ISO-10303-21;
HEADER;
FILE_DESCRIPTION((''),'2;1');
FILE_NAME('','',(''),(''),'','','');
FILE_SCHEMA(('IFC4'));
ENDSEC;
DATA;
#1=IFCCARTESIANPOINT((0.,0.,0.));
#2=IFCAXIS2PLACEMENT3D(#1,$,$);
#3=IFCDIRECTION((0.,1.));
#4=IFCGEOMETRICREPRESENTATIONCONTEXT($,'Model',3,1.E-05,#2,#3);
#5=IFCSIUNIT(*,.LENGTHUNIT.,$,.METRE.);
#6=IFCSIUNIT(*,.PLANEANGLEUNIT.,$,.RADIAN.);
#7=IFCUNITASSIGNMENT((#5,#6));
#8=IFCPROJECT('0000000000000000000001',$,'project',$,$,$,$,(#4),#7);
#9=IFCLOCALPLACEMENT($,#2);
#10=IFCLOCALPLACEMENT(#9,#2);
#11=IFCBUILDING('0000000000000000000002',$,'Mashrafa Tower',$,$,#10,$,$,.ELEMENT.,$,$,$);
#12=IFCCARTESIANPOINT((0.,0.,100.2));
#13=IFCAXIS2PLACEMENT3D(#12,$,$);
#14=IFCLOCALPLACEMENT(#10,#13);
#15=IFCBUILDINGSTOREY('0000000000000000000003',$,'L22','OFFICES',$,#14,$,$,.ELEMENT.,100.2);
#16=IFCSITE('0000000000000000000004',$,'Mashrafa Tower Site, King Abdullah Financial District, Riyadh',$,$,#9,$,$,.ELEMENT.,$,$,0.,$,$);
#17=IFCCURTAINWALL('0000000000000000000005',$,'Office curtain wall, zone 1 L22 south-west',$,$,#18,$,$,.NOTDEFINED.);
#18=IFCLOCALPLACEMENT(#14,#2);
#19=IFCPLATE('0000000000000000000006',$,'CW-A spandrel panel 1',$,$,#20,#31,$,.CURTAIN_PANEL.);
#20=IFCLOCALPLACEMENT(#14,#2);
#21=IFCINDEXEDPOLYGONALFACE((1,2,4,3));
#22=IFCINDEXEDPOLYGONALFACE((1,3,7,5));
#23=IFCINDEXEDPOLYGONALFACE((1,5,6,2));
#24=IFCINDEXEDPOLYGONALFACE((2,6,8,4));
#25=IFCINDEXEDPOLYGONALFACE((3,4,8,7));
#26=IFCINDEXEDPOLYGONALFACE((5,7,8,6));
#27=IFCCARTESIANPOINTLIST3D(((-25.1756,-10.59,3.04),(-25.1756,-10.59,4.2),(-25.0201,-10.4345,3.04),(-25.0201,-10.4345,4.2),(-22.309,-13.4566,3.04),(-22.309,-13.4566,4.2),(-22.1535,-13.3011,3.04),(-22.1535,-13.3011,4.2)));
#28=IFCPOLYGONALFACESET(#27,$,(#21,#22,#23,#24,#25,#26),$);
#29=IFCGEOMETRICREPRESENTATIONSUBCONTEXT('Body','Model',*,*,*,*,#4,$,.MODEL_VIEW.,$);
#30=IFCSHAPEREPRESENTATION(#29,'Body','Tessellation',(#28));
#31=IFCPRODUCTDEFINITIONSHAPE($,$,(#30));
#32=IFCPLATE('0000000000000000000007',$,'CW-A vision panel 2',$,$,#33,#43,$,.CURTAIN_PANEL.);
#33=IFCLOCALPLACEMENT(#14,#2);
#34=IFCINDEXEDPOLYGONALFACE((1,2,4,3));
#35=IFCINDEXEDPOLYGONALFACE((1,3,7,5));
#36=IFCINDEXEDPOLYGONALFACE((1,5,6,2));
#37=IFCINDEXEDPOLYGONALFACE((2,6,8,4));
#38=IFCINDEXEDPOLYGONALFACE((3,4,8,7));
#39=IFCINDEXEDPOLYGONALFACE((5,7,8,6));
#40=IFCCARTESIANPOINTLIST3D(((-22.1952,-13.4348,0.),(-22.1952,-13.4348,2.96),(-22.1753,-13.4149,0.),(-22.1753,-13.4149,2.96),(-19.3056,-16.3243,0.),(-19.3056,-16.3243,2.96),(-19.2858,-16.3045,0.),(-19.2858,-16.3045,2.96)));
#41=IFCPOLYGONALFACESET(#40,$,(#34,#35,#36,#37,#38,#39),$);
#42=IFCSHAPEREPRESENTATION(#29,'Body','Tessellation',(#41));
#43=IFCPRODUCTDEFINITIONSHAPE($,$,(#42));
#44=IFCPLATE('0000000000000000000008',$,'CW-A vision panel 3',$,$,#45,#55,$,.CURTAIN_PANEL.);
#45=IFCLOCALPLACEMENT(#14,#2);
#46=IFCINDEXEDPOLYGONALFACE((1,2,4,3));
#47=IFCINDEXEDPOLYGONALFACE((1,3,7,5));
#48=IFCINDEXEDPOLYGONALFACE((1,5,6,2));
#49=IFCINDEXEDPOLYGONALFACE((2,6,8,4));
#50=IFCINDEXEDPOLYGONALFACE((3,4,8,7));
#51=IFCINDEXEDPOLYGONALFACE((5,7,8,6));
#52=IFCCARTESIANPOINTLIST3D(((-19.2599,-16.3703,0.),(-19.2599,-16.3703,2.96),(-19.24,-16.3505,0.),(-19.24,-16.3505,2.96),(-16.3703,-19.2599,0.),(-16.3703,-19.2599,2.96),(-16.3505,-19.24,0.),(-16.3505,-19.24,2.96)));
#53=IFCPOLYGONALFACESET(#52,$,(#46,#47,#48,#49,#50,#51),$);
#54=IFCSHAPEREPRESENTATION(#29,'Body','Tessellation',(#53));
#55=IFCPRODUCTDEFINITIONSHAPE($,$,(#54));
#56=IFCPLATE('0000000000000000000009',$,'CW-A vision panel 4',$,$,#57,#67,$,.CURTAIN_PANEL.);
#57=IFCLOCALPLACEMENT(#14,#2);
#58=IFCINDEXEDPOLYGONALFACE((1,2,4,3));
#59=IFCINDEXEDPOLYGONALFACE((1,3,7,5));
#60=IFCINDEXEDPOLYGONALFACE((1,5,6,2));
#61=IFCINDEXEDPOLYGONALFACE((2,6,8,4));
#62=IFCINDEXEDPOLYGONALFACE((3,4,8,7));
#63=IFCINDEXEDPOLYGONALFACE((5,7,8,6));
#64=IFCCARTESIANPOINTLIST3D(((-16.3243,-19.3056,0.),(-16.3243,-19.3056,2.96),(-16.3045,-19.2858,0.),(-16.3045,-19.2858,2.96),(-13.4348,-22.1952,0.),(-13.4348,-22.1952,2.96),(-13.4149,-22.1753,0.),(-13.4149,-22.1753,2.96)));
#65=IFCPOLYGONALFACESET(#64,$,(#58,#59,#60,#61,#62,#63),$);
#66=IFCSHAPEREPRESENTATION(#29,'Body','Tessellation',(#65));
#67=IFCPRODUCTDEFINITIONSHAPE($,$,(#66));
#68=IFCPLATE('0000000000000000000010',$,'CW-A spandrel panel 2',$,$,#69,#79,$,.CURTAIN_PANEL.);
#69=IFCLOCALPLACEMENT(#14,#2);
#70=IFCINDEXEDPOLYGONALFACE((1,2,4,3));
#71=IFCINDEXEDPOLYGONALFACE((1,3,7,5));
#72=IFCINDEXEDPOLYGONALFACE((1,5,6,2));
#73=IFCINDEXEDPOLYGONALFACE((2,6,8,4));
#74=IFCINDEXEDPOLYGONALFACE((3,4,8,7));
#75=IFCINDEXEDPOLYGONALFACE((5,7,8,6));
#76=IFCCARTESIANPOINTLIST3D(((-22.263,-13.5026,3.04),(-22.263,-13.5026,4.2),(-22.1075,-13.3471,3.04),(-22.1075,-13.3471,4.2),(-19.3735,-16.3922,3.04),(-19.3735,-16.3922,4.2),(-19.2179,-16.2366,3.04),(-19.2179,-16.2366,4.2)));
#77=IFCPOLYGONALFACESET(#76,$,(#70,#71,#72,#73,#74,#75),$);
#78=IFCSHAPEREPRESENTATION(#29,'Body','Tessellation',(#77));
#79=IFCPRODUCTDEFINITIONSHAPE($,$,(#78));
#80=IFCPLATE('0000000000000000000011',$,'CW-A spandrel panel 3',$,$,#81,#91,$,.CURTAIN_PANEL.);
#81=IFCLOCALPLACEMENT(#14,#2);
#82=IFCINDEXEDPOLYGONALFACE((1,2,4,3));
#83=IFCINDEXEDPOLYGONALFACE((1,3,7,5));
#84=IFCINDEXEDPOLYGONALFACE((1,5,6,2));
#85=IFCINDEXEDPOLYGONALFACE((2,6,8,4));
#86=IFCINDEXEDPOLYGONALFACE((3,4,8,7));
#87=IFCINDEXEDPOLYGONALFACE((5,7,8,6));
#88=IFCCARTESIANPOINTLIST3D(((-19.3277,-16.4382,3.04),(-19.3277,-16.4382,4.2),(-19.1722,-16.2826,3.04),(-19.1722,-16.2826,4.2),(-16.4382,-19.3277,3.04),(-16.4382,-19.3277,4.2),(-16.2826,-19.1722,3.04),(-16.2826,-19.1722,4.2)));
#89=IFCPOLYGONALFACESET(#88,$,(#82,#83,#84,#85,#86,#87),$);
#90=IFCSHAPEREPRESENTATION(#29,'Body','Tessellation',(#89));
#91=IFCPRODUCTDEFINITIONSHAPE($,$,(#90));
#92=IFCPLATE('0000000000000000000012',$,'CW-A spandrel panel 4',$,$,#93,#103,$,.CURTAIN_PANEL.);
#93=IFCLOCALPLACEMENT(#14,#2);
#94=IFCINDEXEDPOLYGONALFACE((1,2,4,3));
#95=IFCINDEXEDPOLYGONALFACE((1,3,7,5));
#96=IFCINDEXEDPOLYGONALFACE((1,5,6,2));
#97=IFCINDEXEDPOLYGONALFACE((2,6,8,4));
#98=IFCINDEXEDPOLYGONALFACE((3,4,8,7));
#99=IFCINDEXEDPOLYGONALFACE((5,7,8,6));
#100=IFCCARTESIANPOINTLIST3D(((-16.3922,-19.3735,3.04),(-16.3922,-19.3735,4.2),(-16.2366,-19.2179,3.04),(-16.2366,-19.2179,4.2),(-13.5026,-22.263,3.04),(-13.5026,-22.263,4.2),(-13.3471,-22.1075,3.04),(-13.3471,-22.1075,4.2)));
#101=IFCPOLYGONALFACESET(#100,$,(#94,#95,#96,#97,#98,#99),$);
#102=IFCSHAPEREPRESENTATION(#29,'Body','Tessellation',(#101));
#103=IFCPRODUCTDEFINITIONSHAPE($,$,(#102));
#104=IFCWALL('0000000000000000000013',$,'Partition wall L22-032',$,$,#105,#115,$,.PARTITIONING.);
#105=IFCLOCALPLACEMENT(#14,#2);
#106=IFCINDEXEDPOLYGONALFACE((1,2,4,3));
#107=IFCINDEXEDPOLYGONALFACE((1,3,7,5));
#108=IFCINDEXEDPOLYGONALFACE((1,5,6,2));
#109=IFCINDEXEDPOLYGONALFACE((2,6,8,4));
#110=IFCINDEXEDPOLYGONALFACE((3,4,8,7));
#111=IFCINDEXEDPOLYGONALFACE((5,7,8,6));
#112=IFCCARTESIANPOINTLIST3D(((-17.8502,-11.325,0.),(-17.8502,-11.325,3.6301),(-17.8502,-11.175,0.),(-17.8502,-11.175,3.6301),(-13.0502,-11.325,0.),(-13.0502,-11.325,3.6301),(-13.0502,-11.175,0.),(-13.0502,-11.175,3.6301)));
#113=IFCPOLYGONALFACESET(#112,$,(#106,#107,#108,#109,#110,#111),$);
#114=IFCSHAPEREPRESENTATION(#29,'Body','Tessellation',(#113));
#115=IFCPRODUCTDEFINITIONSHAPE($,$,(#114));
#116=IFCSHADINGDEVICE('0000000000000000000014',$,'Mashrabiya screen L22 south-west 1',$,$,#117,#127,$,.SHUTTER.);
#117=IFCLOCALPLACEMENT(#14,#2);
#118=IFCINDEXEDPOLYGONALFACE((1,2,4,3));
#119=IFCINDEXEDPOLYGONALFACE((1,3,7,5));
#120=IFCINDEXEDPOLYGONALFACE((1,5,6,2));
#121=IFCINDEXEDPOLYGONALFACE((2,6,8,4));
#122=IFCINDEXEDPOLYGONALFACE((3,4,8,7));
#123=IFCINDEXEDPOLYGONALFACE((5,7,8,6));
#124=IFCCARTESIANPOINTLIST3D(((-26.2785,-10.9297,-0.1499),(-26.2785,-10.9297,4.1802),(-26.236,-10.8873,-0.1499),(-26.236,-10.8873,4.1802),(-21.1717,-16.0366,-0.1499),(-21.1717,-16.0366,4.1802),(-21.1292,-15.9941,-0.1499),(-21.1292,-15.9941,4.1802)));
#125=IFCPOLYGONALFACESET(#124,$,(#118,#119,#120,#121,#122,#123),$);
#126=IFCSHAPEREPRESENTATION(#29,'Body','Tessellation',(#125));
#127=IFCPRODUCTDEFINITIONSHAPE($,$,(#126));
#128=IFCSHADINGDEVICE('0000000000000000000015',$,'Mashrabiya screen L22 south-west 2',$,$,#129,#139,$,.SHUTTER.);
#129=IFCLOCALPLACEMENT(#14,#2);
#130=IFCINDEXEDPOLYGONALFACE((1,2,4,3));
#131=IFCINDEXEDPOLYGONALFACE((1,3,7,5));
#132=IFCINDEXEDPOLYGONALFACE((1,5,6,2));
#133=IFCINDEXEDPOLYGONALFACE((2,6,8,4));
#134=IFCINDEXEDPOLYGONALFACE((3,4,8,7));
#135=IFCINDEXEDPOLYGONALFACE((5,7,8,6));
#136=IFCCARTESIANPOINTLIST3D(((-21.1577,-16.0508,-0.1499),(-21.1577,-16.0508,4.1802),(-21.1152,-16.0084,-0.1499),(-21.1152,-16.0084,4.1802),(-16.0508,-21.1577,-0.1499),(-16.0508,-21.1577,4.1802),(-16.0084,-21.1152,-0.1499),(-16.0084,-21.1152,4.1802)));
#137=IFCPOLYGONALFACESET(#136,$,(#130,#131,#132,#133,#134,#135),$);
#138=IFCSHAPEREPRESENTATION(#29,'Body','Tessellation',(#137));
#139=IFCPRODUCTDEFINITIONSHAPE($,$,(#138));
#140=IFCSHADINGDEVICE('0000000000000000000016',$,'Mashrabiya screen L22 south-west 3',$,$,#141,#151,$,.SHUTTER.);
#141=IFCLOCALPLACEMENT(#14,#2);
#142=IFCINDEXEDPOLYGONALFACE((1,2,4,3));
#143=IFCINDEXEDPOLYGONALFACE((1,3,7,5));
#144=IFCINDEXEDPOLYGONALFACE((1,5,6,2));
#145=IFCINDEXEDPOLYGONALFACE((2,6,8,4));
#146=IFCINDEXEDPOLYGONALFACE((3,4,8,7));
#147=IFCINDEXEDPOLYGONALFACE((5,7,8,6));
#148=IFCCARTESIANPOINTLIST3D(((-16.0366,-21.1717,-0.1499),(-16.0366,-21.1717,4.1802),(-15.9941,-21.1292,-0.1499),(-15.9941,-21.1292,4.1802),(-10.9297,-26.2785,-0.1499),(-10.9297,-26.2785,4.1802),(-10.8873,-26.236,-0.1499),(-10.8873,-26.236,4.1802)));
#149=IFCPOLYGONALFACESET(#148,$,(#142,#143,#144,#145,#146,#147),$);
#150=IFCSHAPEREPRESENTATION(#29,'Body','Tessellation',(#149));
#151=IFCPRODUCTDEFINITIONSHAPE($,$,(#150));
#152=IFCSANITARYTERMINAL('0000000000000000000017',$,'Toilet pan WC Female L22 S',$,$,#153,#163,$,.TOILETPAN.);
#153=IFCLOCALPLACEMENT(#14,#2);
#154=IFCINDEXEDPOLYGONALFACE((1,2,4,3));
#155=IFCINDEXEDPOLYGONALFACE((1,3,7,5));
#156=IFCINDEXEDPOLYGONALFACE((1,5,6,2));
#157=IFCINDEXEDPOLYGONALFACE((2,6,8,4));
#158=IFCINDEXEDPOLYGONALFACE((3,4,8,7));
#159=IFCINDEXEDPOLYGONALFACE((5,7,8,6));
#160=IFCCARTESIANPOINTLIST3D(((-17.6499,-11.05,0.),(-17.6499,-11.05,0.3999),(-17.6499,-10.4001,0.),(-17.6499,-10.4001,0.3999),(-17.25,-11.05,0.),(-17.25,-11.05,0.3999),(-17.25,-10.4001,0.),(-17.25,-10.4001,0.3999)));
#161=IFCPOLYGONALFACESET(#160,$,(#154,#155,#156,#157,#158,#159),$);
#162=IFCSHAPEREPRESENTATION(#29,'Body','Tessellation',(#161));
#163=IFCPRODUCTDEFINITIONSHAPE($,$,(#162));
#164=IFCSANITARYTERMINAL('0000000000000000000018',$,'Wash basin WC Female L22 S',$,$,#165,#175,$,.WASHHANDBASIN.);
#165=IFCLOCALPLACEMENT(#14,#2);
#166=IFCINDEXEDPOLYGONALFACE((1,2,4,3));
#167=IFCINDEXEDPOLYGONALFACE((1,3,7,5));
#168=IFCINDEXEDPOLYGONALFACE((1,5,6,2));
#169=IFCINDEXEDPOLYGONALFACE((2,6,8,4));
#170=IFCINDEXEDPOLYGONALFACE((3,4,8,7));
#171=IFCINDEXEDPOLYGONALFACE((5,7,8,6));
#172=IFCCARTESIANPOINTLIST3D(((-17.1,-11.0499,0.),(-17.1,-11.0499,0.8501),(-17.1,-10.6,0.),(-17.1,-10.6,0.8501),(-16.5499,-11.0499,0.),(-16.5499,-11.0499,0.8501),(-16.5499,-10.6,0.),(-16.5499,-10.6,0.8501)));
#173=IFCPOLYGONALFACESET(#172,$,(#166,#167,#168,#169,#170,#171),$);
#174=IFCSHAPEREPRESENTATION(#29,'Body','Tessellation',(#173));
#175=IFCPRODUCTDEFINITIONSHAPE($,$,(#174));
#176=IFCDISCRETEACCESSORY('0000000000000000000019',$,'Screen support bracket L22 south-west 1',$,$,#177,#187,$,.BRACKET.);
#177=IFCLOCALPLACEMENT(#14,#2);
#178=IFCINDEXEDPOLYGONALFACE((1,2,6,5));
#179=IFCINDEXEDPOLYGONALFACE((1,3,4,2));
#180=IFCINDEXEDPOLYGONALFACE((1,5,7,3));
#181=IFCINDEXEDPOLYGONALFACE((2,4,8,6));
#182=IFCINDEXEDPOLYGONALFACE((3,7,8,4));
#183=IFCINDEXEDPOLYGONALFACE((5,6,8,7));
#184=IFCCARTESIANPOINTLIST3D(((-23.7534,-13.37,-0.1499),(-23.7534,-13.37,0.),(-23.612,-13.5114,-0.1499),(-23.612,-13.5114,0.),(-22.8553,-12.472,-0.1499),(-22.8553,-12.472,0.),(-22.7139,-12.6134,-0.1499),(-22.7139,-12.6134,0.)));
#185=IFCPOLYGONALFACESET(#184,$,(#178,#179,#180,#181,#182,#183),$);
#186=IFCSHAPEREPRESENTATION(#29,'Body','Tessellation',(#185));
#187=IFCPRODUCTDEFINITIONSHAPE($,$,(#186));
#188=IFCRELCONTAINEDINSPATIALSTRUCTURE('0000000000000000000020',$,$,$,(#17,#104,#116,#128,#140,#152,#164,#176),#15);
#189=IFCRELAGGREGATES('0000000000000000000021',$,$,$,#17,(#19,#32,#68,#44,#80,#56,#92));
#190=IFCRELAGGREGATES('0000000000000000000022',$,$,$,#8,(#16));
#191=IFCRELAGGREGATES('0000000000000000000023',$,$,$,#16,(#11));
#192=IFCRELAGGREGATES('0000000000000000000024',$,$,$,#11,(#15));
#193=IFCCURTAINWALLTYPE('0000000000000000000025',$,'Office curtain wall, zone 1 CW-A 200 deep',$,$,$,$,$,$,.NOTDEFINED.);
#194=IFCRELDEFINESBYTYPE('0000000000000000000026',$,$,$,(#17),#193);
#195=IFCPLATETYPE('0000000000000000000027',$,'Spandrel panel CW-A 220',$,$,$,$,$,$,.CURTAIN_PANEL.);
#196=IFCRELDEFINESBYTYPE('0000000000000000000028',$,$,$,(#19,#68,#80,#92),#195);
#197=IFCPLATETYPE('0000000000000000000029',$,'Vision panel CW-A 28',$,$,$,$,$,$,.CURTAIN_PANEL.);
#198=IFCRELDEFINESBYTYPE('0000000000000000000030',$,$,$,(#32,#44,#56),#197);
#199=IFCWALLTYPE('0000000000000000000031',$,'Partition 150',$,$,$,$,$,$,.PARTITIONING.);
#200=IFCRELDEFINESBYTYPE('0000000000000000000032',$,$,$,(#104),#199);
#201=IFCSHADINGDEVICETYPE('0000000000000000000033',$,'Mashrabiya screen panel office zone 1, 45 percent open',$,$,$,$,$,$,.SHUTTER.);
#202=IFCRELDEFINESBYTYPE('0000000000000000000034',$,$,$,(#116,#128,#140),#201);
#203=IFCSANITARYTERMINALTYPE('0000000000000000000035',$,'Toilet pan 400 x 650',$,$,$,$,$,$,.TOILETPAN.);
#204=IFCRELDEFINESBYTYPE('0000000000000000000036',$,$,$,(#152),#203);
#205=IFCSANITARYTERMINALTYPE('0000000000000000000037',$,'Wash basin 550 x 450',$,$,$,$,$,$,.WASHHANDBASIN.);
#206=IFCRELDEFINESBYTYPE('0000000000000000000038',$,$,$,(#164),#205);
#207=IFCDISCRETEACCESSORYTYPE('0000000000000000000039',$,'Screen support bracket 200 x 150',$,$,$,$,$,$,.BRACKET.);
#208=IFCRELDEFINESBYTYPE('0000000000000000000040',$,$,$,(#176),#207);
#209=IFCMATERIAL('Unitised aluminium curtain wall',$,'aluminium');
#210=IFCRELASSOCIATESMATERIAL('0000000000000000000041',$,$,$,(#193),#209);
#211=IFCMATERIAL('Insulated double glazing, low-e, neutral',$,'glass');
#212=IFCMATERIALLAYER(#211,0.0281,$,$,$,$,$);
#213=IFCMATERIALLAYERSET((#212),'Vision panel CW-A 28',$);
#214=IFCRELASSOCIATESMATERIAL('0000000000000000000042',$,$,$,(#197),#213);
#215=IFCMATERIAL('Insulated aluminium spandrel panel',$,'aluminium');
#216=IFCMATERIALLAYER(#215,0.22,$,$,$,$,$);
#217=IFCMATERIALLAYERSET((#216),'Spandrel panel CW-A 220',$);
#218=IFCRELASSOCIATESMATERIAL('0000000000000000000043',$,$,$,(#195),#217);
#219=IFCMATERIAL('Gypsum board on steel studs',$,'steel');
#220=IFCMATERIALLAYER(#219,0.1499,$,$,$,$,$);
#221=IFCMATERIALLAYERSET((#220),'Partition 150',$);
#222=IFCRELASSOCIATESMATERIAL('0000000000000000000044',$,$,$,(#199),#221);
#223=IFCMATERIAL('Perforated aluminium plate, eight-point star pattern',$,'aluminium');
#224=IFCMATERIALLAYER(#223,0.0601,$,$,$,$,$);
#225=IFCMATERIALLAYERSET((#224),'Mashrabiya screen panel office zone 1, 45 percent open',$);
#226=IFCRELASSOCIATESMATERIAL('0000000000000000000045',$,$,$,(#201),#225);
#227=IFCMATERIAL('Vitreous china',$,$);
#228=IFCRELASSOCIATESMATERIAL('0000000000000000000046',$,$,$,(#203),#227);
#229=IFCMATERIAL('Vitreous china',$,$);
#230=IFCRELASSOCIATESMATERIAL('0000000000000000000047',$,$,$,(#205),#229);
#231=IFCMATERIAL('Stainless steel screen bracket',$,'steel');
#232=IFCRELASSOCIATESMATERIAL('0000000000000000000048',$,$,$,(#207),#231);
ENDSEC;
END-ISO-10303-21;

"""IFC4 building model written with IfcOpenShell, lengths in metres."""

from ifc_helpers import new_model, si_unit, direction, frame, frame_2d, origin, origin_2d, place, context, subcontext, project, spatial, rectangle, extrude, source, transform, mapped, material, layer, layer_set, type_object, type_shapes, element, aggregate, save


model = new_model("IFC4")

# Units and contexts
model_context = context("Model", 3, precision=1e-05, world=origin(), true_north=direction((0.0, 1.0)))
body_context = subcontext(model_context, "Body", "Model", "MODEL_VIEW")
ifc_project = project(units=[si_unit("LENGTHUNIT", "METRE"), si_unit("PLANEANGLEUNIT", "RADIAN")], contexts=[model_context])

# Site, building, storey
site_placement = place(None, origin())
site = spatial("IfcSite", under=ifc_project, at=site_placement, Name="Mashrafa Tower Site, King Abdullah Financial District, Riyadh", CompositionType="ELEMENT", RefElevation=0.0)
building_placement = place(site_placement, origin())
building = spatial("IfcBuilding", under=site, at=building_placement, Name="Mashrafa Tower", CompositionType="ELEMENT")
storey_placement = place(building_placement, frame((0.0, 0.0, 100.2)))
storey = spatial("IfcBuildingStorey", under=building, at=storey_placement, Name="L22", Description="OFFICES", CompositionType="ELEMENT", Elevation=100.2)

# Shared definitions
ifc_material_1 = material(Name="Unitised aluminium curtain wall", Category="aluminium")
curtain_wall_type = type_object("IfcCurtainWallType", Name="Office curtain wall, zone 1 CW-A 200 deep", PredefinedType="NOTDEFINED", material=ifc_material_1)

# Curtain wall, plates
curtain_wall_1_placement = place(storey_placement, origin())
curtain_wall_1 = element("IfcCurtainWall", 1, at=curtain_wall_1_placement, inside=storey, type_object=curtain_wall_type, Name="Office curtain wall, zone 1 L22 south-west", PredefinedType="NOTDEFINED")
ifc_material_2 = material(Name="Insulated double glazing, low-e, neutral", Category="glass")
ifc_layer_1 = layer(ifc_material_2, 0.0281)
ifc_layer_set_1 = layer_set([ifc_layer_1], Name="Vision panel CW-A 28")
plate_type_1 = type_object("IfcPlateType", Name="Vision panel CW-A 28", PredefinedType="CURTAIN_PANEL", material=ifc_layer_set_1)
ifc_material_3 = material(Name="Insulated aluminium spandrel panel", Category="aluminium")
ifc_layer_2 = layer(ifc_material_3, 0.22)
ifc_layer_set_2 = layer_set([ifc_layer_2], Name="Spandrel panel CW-A 220")
plate_type_2 = type_object("IfcPlateType", Name="Spandrel panel CW-A 220", PredefinedType="CURTAIN_PANEL", material=ifc_layer_set_2)
shared_shape_1 = source(origin(), body_context, "Body", "SweptSolid", [
    extrude(rectangle(XDim=4.054, YDim=0.22, at=origin_2d()), origin(), (0.0, 0.0, 1.0), 1.1599),
])
plate_1_placement = place(storey_placement, frame((-23.6646, -11.9456, 3.04), z_axis=(0.0, 0.0, 1.0), x_axis=(0.707107, -0.707107, 0.0)))
plate_1 = element("IfcPlate", 2, at=plate_1_placement, type_object=plate_type_2, Name="CW-A spandrel panel 1", PredefinedType="CURTAIN_PANEL", context=body_context, shape_type="MappedRepresentation", body=[
    mapped(shared_shape_1, transform((0.0, 0.0, 0.0))),
])
shared_shape_2 = source(origin(), body_context, "Body", "SweptSolid", [
    extrude(rectangle(XDim=4.0864, YDim=0.0281, at=origin_2d()), origin(), (0.0, 0.0, 1.0), 2.96),
])
plate_2_placement = place(storey_placement, frame((-20.7405, -14.8696, 0.0), z_axis=(0.0, 0.0, 1.0), x_axis=(0.707107, -0.707107, 0.0)))
plate_2 = element("IfcPlate", 3, at=plate_2_placement, type_object=plate_type_1, Name="CW-A vision panel 2", PredefinedType="CURTAIN_PANEL", context=body_context, shape_type="MappedRepresentation", body=[
    mapped(shared_shape_2, transform((0.0, 0.0, 0.0))),
])
plate_3_placement = place(storey_placement, frame((-17.8052, -17.8052, 0.0), z_axis=(0.0, 0.0, 1.0), x_axis=(0.707107, -0.707107, 0.0)))
plate_3 = element("IfcPlate", 4, at=plate_3_placement, type_object=plate_type_1, Name="CW-A vision panel 3", PredefinedType="CURTAIN_PANEL", context=body_context, shape_type="MappedRepresentation", body=[
    mapped(shared_shape_2, transform((0.0, 0.0, 0.0))),
])
plate_4_placement = place(storey_placement, frame((-14.8696, -20.7405, 0.0), z_axis=(0.0, 0.0, 1.0), x_axis=(0.707107, -0.707107, 0.0)))
plate_4 = element("IfcPlate", 5, at=plate_4_placement, type_object=plate_type_1, Name="CW-A vision panel 4", PredefinedType="CURTAIN_PANEL", context=body_context, shape_type="MappedRepresentation", body=[
    mapped(shared_shape_2, transform((0.0, 0.0, 0.0))),
])
shared_shape_3 = source(origin(), body_context, "Body", "SweptSolid", [
    extrude(rectangle(XDim=4.0864, YDim=0.22, at=origin_2d()), origin(), (0.0, 0.0, 1.0), 1.1599),
])
type_shapes(plate_type_2, [shared_shape_1, shared_shape_3])
plate_5_placement = place(storey_placement, frame((-20.7405, -14.8696, 3.04), z_axis=(0.0, 0.0, 1.0), x_axis=(0.707107, -0.707107, 0.0)))
plate_5 = element("IfcPlate", 6, at=plate_5_placement, type_object=plate_type_2, Name="CW-A spandrel panel 2", PredefinedType="CURTAIN_PANEL", context=body_context, shape_type="MappedRepresentation", body=[
    mapped(shared_shape_3, transform((0.0, 0.0, 0.0))),
])
plate_6_placement = place(storey_placement, frame((-17.8052, -17.8052, 3.04), z_axis=(0.0, 0.0, 1.0), x_axis=(0.707107, -0.707107, 0.0)))
plate_6 = element("IfcPlate", 7, at=plate_6_placement, type_object=plate_type_2, Name="CW-A spandrel panel 3", PredefinedType="CURTAIN_PANEL", context=body_context, shape_type="MappedRepresentation", body=[
    mapped(shared_shape_3, transform((0.0, 0.0, 0.0))),
])
plate_7_placement = place(storey_placement, frame((-14.8696, -20.7405, 3.04), z_axis=(0.0, 0.0, 1.0), x_axis=(0.707107, -0.707107, 0.0)))
plate_7 = element("IfcPlate", 8, at=plate_7_placement, type_object=plate_type_2, Name="CW-A spandrel panel 4", PredefinedType="CURTAIN_PANEL", context=body_context, shape_type="MappedRepresentation", body=[
    mapped(shared_shape_3, transform((0.0, 0.0, 0.0))),
])
aggregate(curtain_wall_1, [plate_1, plate_2, plate_5, plate_3, plate_6, plate_4, plate_7])

# Wall
ifc_material_4 = material(Name="Gypsum board on steel studs", Category="steel")
ifc_layer_3 = layer(ifc_material_4, 0.1499)
ifc_layer_set_3 = layer_set([ifc_layer_3], Name="Partition 150")
wall_type = type_object("IfcWallType", Name="Partition 150", PredefinedType="PARTITIONING", material=ifc_layer_set_3)
wall_placement = place(storey_placement, frame((-17.8501, -11.25, 0.0), z_axis=(0.0, 0.0, 1.0), x_axis=(1.0, 0.0, 0.0)))
element("IfcWall", 9, at=wall_placement, inside=storey, type_object=wall_type, Name="Partition wall L22-032", PredefinedType="PARTITIONING", context=body_context, shape_type="SweptSolid", body=[
    extrude(rectangle(XDim=4.8, YDim=0.1499, at=frame_2d((2.3999, 0.0))), origin(), (0.0, 0.0, 1.0), 3.6301),
])

# Shading devices
ifc_material_5 = material(Name="Perforated aluminium plate, eight-point star pattern", Category="aluminium")
ifc_layer_4 = layer(ifc_material_5, 0.0601)
ifc_layer_set_4 = layer_set([ifc_layer_4], Name="Mashrabiya screen panel office zone 1, 45 percent open")
shading_device_type = type_object("IfcShadingDeviceType", Name="Mashrabiya screen panel office zone 1, 45 percent open", PredefinedType="SHUTTER", material=ifc_layer_set_4)
shared_shape_4 = source(origin(), body_context, "Body", "SweptSolid", [
    extrude(rectangle(XDim=7.2222, YDim=0.0601, at=origin_2d()), origin(), (0.0, 0.0, 1.0), 4.3301),
])
type_shapes(shading_device_type, [shared_shape_4])
for number, where, z_axis, x_axis, name in (
    (10, (-23.7039, -13.4619, -0.1499), (0.0, 0.0, 1.0), (0.707107, -0.707107, 0.0), "Mashrabiya screen L22 south-west 1"),
    (11, (-18.583, -18.583, -0.1499), (0.0, 0.0, 1.0), (0.707107, -0.707107, 0.0), "Mashrabiya screen L22 south-west 2"),
    (12, (-13.4619, -23.7039, -0.1499), (0.0, 0.0, 1.0), (0.707107, -0.707107, 0.0), "Mashrabiya screen L22 south-west 3"),
):
    element("IfcShadingDevice", number, at=place(storey_placement, frame(where, z_axis=z_axis, x_axis=x_axis)), inside=storey, type_object=shading_device_type, Name=name, PredefinedType="SHUTTER", context=body_context, shape_type="MappedRepresentation", body=[
        mapped(shared_shape_4, transform((0.0, 0.0, 0.0))),
    ])

# Sanitary terminals
ifc_material_6 = material(Name="Vitreous china")
sanitary_terminal_type_1 = type_object("IfcSanitaryTerminalType", Name="Toilet pan 400 x 650", PredefinedType="TOILETPAN", material=ifc_material_6)
sanitary_terminal_1_placement = place(storey_placement, frame((-17.45, -10.7251, 0.0), z_axis=(0.0, 0.0, 1.0), x_axis=(1.0, 0.0, 0.0)))
element("IfcSanitaryTerminal", 13, at=sanitary_terminal_1_placement, inside=storey, type_object=sanitary_terminal_type_1, Name="Toilet pan WC Female L22 S", PredefinedType="TOILETPAN", context=body_context, shape_type="SweptSolid", body=[
    extrude(rectangle(XDim=0.3999, YDim=0.6499, at=origin_2d()), origin(), (0.0, 0.0, 1.0), 0.3999),
])
ifc_material_7 = material(Name="Vitreous china")
sanitary_terminal_type_2 = type_object("IfcSanitaryTerminalType", Name="Wash basin 550 x 450", PredefinedType="WASHHANDBASIN", material=ifc_material_7)
sanitary_terminal_2_placement = place(storey_placement, frame((-16.825, -10.825, 0.0), z_axis=(0.0, 0.0, 1.0), x_axis=(1.0, 0.0, 0.0)))
element("IfcSanitaryTerminal", 14, at=sanitary_terminal_2_placement, inside=storey, type_object=sanitary_terminal_type_2, Name="Wash basin WC Female L22 S", PredefinedType="WASHHANDBASIN", context=body_context, shape_type="SweptSolid", body=[
    extrude(rectangle(XDim=0.55, YDim=0.45, at=origin_2d()), origin(), (0.0, 0.0, 1.0), 0.8501),
])

# Discrete accessory
ifc_material_8 = material(Name="Stainless steel screen bracket", Category="steel")
discrete_accessory_type = type_object("IfcDiscreteAccessoryType", Name="Screen support bracket 200 x 150", PredefinedType="BRACKET", material=ifc_material_8)
shared_shape_5 = source(origin(), body_context, "Body", "SweptSolid", [
    extrude(rectangle(XDim=0.2, YDim=1.27, at=origin_2d()), origin(), (0.0, 0.0, 1.0), 0.1499),
])
type_shapes(discrete_accessory_type, [shared_shape_5])
for number, where, z_axis, x_axis, name in (
    (15, (-23.2336, -12.9917, -0.1499), (0.0, 0.0, 1.0), (0.707107, -0.707107, 0.0), "Screen support bracket L22 south-west 1"),
):
    element("IfcDiscreteAccessory", number, at=place(storey_placement, frame(where, z_axis=z_axis, x_axis=x_axis)), inside=storey, type_object=discrete_accessory_type, Name=name, PredefinedType="BRACKET", context=body_context, shape_type="MappedRepresentation", body=[
        mapped(shared_shape_5, transform((0.0, 0.0, 0.0))),
    ])

save(model, "model.ifc")
